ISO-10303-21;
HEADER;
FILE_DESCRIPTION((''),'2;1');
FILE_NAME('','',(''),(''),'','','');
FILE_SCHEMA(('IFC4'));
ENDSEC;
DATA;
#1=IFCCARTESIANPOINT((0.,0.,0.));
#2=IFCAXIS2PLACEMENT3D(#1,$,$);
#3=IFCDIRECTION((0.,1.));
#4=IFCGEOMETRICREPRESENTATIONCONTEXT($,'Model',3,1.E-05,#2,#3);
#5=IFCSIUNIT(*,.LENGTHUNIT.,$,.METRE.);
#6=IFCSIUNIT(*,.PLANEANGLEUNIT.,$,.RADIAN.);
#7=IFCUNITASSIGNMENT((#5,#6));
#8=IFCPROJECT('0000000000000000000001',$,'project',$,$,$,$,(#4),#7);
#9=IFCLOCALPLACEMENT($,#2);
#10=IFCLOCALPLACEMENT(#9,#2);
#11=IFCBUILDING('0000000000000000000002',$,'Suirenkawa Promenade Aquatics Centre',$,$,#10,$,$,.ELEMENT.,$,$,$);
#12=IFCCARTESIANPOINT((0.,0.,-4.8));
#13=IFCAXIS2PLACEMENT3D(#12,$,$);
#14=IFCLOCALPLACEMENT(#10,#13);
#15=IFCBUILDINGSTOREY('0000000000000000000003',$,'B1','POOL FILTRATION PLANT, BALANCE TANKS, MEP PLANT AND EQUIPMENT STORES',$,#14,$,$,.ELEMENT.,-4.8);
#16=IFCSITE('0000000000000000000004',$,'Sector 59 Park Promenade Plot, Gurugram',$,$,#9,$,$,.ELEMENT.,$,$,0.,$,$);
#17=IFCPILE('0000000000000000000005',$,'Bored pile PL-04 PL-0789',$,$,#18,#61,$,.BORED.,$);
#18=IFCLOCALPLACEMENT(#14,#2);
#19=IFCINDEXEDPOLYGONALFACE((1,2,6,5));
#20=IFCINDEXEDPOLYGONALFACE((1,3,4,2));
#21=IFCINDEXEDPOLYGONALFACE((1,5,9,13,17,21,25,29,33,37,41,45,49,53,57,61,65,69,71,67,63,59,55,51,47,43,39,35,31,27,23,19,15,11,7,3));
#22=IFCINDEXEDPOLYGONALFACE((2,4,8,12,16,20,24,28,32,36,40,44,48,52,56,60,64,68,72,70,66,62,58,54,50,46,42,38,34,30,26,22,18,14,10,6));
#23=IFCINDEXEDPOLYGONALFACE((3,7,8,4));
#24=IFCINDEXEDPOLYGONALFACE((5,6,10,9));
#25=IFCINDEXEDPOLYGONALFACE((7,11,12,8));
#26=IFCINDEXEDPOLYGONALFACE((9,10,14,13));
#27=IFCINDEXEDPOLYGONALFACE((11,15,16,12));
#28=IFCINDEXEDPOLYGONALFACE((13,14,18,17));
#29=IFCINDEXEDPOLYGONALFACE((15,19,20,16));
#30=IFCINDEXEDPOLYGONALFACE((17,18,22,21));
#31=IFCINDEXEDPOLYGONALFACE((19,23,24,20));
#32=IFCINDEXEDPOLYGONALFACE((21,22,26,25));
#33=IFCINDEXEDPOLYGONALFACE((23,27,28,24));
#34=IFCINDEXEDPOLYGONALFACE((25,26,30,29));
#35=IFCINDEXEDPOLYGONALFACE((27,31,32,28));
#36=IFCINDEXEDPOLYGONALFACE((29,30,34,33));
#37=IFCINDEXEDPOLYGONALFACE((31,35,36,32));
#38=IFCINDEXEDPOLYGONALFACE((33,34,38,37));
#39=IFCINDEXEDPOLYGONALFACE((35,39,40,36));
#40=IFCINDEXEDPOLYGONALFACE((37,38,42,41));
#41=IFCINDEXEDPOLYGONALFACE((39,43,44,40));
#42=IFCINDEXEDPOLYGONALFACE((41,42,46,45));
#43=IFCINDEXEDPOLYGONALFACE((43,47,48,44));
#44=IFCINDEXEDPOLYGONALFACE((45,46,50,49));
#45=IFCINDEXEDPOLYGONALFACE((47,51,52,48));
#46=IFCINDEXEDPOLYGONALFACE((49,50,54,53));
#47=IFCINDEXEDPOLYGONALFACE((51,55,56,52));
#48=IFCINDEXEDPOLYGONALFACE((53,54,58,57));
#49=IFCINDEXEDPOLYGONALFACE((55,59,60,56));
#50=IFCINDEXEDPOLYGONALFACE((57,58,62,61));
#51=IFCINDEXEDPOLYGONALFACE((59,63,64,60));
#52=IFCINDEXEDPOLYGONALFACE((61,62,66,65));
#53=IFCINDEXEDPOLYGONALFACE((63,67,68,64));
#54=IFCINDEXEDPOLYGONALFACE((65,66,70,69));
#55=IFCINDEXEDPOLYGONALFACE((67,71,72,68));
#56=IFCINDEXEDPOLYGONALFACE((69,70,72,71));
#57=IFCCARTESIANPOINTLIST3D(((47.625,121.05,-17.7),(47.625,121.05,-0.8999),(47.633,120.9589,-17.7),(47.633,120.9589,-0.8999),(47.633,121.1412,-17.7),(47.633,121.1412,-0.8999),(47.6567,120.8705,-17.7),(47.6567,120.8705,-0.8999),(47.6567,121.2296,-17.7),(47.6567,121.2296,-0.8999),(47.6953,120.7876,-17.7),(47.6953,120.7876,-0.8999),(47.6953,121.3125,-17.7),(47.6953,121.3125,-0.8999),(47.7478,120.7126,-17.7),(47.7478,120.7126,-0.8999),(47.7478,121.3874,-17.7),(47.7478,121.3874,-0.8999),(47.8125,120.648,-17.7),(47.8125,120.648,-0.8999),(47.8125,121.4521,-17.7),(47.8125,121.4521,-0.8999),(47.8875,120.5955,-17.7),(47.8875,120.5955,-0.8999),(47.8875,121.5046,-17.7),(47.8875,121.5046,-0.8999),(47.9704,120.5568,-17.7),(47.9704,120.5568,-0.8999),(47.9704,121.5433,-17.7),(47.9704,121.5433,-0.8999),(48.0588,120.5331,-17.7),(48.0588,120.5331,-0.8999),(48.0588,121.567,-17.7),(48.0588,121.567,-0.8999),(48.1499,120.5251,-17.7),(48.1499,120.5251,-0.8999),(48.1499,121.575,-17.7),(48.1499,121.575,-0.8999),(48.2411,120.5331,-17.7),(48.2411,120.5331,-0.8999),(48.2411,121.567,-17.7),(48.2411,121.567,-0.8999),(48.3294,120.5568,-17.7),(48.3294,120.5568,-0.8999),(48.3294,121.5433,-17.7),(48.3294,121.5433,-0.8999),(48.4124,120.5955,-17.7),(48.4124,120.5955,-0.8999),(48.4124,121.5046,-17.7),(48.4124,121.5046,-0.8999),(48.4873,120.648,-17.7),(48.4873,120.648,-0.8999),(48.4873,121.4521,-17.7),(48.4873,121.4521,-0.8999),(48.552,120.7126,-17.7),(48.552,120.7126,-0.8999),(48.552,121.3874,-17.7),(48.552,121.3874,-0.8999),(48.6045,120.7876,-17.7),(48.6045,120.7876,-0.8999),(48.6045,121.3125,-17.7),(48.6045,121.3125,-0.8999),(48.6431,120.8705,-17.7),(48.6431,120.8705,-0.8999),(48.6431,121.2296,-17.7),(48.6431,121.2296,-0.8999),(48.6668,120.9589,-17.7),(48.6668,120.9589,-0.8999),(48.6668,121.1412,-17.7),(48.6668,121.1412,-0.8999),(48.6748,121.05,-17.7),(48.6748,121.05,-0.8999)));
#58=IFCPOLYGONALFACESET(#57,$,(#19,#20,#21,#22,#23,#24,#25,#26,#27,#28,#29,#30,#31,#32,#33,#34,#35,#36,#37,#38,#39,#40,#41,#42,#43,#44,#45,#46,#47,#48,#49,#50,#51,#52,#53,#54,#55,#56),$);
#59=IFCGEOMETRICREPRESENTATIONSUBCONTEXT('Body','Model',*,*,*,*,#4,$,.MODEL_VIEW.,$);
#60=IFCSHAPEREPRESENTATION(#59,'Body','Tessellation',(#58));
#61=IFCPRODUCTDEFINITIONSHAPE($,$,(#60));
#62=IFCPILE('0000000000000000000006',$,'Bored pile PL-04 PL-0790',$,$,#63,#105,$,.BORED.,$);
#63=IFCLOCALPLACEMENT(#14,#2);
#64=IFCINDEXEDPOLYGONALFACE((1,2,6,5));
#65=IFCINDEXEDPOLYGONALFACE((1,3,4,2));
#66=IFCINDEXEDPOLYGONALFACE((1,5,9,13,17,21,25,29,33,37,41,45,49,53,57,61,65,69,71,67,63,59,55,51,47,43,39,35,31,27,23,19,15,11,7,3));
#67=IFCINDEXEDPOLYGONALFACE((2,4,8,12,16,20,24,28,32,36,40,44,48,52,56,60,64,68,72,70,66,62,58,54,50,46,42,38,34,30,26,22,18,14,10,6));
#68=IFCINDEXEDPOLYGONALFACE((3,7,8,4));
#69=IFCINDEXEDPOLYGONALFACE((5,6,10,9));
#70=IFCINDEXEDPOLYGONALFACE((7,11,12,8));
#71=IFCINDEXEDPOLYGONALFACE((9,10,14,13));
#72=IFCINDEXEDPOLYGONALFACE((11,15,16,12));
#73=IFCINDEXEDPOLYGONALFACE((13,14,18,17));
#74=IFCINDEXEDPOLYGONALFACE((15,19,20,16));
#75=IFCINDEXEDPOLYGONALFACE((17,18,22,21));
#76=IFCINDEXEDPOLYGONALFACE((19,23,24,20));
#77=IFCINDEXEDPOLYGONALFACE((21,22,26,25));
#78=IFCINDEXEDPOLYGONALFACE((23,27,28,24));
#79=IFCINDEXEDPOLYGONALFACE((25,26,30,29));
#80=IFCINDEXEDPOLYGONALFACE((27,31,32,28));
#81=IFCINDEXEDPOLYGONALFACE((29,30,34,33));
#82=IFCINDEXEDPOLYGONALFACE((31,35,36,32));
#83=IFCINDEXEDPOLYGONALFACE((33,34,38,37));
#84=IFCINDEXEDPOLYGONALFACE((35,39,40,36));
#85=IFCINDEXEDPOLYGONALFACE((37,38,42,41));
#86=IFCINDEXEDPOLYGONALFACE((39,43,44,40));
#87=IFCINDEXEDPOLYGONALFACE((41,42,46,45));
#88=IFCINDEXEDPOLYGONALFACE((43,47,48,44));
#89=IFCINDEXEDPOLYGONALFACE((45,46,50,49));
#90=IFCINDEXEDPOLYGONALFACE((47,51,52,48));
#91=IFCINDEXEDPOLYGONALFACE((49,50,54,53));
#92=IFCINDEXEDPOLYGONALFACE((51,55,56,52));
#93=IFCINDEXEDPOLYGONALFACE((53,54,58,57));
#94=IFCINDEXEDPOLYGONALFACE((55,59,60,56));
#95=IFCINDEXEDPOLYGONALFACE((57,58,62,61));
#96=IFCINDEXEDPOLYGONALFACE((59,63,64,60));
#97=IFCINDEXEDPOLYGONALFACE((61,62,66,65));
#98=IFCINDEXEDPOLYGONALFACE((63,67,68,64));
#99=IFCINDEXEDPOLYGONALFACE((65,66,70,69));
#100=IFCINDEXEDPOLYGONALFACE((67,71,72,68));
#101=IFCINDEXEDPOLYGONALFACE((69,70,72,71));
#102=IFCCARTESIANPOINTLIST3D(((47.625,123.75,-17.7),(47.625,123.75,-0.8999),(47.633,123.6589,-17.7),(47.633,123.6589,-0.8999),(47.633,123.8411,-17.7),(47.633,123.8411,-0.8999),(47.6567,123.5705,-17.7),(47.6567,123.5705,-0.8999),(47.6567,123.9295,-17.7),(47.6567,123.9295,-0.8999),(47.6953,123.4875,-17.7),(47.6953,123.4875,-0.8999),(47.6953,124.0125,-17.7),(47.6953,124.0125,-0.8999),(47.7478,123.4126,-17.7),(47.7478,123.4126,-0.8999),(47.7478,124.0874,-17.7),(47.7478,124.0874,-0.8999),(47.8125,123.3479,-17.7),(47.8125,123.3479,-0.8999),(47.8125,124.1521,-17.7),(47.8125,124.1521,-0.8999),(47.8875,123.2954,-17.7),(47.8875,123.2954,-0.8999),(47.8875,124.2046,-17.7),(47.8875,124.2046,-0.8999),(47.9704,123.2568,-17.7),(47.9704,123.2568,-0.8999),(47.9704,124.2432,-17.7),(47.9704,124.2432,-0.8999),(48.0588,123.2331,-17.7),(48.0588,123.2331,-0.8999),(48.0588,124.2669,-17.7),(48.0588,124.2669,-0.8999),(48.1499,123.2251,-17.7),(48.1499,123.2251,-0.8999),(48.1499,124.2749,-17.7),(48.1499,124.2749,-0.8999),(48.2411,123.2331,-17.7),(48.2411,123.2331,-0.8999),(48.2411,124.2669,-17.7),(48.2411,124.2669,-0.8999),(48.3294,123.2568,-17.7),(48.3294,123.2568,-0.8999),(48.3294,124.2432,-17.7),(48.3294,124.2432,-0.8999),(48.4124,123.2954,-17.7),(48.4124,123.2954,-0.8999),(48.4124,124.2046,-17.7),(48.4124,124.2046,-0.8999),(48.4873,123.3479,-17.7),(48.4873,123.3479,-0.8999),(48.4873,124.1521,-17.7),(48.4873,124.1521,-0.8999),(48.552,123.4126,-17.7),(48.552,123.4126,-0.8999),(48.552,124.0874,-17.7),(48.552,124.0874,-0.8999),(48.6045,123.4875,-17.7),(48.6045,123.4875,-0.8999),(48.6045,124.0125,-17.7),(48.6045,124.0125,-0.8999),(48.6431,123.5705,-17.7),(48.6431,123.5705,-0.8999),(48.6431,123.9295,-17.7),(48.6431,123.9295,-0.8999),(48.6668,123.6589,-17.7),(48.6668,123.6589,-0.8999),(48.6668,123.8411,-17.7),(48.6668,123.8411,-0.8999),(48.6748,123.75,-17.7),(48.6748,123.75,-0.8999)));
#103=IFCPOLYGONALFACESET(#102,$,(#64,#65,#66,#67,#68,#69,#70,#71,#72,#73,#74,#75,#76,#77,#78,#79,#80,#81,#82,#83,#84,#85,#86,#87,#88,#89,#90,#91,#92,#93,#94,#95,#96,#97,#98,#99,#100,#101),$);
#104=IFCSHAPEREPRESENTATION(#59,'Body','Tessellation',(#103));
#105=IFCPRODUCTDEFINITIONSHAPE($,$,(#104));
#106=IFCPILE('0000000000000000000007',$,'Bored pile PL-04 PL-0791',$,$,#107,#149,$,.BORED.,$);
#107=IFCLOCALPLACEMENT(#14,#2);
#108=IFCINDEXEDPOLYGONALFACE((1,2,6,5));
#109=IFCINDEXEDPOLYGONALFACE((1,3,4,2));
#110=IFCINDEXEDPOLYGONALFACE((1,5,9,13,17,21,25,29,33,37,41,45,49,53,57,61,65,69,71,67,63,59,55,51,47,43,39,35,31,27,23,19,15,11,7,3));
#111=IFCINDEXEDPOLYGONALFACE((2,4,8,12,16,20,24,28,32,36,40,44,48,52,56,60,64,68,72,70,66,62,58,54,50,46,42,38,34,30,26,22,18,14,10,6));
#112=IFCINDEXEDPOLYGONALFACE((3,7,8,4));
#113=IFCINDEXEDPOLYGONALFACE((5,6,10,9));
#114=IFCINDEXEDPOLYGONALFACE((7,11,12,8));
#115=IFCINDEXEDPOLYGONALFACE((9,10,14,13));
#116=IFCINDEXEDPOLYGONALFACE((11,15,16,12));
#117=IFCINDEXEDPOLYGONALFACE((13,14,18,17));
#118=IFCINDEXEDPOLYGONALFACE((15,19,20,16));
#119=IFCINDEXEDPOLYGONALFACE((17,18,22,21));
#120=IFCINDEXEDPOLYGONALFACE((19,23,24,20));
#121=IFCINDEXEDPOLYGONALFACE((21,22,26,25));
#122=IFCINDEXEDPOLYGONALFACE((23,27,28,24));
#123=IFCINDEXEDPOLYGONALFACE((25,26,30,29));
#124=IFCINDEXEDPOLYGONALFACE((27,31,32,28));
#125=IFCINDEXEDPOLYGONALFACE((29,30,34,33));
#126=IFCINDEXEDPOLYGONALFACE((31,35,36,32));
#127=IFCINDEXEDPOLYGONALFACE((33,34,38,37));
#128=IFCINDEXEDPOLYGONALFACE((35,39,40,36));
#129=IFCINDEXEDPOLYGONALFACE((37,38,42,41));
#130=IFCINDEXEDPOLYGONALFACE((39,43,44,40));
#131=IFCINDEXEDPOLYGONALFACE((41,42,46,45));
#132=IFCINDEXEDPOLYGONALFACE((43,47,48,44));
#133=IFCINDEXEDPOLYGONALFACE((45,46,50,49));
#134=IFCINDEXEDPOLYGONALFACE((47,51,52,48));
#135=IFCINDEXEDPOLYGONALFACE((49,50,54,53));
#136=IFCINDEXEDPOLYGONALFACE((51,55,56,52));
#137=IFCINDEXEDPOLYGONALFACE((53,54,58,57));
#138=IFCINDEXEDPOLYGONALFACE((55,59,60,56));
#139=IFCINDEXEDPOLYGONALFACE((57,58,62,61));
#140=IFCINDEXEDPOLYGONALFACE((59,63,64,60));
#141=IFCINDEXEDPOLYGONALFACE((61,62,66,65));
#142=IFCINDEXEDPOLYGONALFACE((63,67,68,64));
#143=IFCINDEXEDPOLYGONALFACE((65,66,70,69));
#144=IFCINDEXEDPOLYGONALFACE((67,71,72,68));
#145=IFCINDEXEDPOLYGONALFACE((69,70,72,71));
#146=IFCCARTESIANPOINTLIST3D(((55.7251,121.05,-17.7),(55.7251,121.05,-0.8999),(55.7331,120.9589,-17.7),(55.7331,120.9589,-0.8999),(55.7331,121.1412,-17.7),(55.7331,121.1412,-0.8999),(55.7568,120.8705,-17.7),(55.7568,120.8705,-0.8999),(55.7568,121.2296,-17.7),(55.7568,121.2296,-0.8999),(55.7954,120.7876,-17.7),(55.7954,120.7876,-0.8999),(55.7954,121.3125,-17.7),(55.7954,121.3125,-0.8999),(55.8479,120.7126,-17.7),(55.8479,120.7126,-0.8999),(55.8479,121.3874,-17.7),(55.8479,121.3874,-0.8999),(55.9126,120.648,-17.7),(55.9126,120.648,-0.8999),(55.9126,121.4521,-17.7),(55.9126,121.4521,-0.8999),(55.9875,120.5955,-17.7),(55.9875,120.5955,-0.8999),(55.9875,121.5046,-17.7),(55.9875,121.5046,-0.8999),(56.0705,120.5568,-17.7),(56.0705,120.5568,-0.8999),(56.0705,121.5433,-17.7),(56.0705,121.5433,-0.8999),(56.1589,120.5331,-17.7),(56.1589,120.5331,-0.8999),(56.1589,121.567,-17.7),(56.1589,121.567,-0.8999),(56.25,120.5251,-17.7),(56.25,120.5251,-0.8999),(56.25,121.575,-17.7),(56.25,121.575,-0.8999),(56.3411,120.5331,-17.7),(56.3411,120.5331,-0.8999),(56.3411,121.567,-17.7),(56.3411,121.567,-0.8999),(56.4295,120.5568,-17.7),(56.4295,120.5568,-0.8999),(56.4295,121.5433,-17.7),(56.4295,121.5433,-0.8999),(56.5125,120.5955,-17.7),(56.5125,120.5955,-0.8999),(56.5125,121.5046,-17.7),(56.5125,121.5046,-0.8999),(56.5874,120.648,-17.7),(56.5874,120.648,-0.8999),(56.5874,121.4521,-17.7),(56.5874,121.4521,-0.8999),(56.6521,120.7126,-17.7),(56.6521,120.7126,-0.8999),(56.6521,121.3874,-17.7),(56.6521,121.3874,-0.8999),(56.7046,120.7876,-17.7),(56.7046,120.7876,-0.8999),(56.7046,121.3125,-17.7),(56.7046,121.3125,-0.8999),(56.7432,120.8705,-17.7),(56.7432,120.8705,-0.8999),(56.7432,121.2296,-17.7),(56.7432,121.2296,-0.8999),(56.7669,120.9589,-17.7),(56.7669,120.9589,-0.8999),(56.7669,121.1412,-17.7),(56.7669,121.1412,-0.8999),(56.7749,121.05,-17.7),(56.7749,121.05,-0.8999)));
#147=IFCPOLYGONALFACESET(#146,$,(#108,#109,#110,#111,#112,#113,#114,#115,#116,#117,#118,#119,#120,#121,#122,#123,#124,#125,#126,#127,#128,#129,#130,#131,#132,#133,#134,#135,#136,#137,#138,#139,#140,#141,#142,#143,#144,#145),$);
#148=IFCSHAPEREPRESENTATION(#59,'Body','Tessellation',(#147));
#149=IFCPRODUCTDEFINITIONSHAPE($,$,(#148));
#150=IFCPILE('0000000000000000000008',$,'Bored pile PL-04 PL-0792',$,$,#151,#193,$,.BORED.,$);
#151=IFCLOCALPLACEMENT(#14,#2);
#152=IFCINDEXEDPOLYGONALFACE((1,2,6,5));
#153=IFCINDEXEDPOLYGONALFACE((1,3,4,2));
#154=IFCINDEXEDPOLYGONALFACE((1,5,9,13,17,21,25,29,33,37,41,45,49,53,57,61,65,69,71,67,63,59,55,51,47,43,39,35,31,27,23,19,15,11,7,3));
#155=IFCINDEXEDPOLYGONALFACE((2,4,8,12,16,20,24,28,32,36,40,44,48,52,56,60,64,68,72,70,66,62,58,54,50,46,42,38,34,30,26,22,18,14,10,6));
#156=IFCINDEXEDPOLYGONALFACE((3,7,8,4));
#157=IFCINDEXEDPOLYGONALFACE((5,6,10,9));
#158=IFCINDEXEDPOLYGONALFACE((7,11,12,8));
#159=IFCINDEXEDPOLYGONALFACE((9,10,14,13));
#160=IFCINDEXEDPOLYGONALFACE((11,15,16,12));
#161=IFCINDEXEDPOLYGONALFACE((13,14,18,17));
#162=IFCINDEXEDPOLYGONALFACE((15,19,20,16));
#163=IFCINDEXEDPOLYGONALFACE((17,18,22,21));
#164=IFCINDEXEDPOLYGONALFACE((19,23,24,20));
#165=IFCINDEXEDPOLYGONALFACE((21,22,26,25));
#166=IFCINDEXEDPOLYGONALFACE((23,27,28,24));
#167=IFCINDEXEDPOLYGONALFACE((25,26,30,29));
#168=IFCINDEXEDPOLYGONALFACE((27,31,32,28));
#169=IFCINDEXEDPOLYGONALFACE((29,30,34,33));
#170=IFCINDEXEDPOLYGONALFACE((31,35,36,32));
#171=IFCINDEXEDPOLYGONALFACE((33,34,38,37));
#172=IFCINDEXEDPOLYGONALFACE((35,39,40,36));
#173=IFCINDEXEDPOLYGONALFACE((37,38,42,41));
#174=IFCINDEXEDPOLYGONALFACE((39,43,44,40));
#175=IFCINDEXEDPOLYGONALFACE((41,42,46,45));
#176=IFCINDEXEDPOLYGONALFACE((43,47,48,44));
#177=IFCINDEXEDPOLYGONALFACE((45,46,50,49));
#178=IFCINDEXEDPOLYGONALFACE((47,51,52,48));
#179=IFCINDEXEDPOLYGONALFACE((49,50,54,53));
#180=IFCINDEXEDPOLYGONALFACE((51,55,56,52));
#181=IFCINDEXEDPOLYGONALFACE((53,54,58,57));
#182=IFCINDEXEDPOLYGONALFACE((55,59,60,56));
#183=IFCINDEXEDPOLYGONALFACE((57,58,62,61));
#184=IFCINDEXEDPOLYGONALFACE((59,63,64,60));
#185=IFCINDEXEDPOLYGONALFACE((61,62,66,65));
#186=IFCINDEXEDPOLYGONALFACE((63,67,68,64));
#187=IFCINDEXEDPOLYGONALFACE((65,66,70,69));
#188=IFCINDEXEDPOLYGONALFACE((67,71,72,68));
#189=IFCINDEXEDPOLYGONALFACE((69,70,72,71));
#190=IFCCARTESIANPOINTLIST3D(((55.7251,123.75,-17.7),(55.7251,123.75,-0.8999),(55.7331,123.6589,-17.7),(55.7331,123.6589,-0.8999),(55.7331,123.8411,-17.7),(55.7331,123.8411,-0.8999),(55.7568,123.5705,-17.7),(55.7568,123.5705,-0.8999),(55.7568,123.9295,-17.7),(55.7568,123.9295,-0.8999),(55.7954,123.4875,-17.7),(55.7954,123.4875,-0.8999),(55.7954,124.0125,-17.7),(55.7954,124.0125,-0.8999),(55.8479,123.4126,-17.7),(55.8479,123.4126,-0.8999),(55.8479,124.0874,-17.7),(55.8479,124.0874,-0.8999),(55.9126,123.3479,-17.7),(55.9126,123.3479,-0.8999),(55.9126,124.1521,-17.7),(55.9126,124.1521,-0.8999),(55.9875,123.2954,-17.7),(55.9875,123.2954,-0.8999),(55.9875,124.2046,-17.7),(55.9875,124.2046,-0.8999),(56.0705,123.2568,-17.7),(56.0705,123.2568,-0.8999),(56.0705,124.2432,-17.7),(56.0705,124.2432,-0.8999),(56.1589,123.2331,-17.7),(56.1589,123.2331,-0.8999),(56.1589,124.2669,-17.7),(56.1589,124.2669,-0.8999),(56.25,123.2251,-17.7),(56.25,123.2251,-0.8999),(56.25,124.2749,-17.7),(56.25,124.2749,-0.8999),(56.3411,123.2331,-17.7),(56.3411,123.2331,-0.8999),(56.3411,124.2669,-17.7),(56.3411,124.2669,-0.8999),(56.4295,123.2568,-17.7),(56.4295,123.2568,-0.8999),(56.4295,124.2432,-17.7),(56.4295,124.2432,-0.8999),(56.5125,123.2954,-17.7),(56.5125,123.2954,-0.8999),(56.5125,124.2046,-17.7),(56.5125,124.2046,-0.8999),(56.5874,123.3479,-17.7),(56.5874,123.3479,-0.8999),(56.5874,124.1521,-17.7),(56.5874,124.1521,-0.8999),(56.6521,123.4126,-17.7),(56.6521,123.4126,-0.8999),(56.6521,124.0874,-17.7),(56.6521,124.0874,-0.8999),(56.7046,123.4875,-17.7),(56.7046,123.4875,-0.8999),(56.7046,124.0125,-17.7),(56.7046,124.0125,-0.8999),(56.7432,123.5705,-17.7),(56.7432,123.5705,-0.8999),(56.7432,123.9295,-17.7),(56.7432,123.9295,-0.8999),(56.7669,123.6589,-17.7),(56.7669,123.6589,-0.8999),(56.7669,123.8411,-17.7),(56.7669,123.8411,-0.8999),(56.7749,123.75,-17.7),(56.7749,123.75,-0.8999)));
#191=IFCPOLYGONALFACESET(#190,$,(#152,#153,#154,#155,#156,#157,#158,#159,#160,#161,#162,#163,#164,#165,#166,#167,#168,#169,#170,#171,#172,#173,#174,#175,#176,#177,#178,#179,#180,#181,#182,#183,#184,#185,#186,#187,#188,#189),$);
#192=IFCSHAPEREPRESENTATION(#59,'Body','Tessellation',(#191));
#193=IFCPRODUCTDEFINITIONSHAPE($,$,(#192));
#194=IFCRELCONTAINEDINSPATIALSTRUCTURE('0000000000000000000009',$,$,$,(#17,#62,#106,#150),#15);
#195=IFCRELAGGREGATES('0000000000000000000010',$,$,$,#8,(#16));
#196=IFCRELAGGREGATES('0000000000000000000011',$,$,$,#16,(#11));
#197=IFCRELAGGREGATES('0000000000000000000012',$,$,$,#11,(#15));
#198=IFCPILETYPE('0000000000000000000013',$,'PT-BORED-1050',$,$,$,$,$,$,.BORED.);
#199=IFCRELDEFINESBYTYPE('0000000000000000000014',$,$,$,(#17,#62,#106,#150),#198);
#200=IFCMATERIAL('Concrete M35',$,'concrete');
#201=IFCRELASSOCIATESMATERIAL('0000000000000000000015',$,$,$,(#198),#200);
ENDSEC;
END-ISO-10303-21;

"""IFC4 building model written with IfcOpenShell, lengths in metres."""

from ifc_helpers import new_model, si_unit, direction, frame, origin, origin_2d, place, context, subcontext, project, spatial, circle, extrude, material, material_profile, profile_set, type_object, element, save


model = new_model("IFC4")

# Units and contexts
model_context = context("Model", 3, precision=1e-05, world=origin(), true_north=direction((0.0, 1.0)))
body_context = subcontext(model_context, "Body", "Model", "MODEL_VIEW")
ifc_project = project(units=[si_unit("LENGTHUNIT", "METRE"), si_unit("PLANEANGLEUNIT", "RADIAN")], contexts=[model_context])

# Site, building, storey
site_placement = place(None, origin())
site = spatial("IfcSite", under=ifc_project, at=site_placement, Name="Sector 59 Park Promenade Plot, Gurugram", CompositionType="ELEMENT", RefElevation=0.0)
building_placement = place(site_placement, origin())
building = spatial("IfcBuilding", under=site, at=building_placement, Name="Suirenkawa Promenade Aquatics Centre", CompositionType="ELEMENT")
storey_placement = place(building_placement, frame((0.0, 0.0, -4.8)))
storey = spatial("IfcBuildingStorey", under=building, at=storey_placement, Name="B1", Description="POOL FILTRATION PLANT, BALANCE TANKS, MEP PLANT AND EQUIPMENT STORES", CompositionType="ELEMENT", Elevation=-4.8)

# Shared definitions
ifc_material_1 = material(Name="Concrete M35", Category="concrete")

# Piles
ifc_material_profile_1 = material_profile(ifc_material_1, circle(Radius=0.5249, at=origin_2d()), Name="PILE D1050", Category="concrete")
ifc_profile_set_1 = profile_set([ifc_material_profile_1], Name="Concrete M35")
pile_type_1 = type_object("IfcPileType", Name="PT-BORED-1050", PredefinedType="BORED", material=ifc_profile_set_1)
for number, where, z_axis, x_axis, name in (
    (1, (48.1499, 121.05, -0.8999), (0.0, 0.0, -1.0), (1.0, 0.0, 0.0), "Bored pile PL-04 PL-0789"),
    (2, (48.1499, 123.75, -0.8999), (0.0, 0.0, -1.0), (1.0, 0.0, 0.0), "Bored pile PL-04 PL-0790"),
    (3, (56.25, 121.05, -0.8999), (0.0, 0.0, -1.0), (1.0, 0.0, 0.0), "Bored pile PL-04 PL-0791"),
    (4, (56.25, 123.75, -0.8999), (0.0, 0.0, -1.0), (1.0, 0.0, 0.0), "Bored pile PL-04 PL-0792"),
):
    element("IfcPile", number, at=place(storey_placement, frame(where, z_axis=z_axis, x_axis=x_axis)), inside=storey, type_object=pile_type_1, Name=name, PredefinedType="BORED", context=body_context, shape_type="SweptSolid", body=[
        extrude(circle(Radius=0.5249, at=origin_2d()), origin(), (0.0, 0.0, 1.0), 16.8),
    ])

save(model, "model.ifc")
